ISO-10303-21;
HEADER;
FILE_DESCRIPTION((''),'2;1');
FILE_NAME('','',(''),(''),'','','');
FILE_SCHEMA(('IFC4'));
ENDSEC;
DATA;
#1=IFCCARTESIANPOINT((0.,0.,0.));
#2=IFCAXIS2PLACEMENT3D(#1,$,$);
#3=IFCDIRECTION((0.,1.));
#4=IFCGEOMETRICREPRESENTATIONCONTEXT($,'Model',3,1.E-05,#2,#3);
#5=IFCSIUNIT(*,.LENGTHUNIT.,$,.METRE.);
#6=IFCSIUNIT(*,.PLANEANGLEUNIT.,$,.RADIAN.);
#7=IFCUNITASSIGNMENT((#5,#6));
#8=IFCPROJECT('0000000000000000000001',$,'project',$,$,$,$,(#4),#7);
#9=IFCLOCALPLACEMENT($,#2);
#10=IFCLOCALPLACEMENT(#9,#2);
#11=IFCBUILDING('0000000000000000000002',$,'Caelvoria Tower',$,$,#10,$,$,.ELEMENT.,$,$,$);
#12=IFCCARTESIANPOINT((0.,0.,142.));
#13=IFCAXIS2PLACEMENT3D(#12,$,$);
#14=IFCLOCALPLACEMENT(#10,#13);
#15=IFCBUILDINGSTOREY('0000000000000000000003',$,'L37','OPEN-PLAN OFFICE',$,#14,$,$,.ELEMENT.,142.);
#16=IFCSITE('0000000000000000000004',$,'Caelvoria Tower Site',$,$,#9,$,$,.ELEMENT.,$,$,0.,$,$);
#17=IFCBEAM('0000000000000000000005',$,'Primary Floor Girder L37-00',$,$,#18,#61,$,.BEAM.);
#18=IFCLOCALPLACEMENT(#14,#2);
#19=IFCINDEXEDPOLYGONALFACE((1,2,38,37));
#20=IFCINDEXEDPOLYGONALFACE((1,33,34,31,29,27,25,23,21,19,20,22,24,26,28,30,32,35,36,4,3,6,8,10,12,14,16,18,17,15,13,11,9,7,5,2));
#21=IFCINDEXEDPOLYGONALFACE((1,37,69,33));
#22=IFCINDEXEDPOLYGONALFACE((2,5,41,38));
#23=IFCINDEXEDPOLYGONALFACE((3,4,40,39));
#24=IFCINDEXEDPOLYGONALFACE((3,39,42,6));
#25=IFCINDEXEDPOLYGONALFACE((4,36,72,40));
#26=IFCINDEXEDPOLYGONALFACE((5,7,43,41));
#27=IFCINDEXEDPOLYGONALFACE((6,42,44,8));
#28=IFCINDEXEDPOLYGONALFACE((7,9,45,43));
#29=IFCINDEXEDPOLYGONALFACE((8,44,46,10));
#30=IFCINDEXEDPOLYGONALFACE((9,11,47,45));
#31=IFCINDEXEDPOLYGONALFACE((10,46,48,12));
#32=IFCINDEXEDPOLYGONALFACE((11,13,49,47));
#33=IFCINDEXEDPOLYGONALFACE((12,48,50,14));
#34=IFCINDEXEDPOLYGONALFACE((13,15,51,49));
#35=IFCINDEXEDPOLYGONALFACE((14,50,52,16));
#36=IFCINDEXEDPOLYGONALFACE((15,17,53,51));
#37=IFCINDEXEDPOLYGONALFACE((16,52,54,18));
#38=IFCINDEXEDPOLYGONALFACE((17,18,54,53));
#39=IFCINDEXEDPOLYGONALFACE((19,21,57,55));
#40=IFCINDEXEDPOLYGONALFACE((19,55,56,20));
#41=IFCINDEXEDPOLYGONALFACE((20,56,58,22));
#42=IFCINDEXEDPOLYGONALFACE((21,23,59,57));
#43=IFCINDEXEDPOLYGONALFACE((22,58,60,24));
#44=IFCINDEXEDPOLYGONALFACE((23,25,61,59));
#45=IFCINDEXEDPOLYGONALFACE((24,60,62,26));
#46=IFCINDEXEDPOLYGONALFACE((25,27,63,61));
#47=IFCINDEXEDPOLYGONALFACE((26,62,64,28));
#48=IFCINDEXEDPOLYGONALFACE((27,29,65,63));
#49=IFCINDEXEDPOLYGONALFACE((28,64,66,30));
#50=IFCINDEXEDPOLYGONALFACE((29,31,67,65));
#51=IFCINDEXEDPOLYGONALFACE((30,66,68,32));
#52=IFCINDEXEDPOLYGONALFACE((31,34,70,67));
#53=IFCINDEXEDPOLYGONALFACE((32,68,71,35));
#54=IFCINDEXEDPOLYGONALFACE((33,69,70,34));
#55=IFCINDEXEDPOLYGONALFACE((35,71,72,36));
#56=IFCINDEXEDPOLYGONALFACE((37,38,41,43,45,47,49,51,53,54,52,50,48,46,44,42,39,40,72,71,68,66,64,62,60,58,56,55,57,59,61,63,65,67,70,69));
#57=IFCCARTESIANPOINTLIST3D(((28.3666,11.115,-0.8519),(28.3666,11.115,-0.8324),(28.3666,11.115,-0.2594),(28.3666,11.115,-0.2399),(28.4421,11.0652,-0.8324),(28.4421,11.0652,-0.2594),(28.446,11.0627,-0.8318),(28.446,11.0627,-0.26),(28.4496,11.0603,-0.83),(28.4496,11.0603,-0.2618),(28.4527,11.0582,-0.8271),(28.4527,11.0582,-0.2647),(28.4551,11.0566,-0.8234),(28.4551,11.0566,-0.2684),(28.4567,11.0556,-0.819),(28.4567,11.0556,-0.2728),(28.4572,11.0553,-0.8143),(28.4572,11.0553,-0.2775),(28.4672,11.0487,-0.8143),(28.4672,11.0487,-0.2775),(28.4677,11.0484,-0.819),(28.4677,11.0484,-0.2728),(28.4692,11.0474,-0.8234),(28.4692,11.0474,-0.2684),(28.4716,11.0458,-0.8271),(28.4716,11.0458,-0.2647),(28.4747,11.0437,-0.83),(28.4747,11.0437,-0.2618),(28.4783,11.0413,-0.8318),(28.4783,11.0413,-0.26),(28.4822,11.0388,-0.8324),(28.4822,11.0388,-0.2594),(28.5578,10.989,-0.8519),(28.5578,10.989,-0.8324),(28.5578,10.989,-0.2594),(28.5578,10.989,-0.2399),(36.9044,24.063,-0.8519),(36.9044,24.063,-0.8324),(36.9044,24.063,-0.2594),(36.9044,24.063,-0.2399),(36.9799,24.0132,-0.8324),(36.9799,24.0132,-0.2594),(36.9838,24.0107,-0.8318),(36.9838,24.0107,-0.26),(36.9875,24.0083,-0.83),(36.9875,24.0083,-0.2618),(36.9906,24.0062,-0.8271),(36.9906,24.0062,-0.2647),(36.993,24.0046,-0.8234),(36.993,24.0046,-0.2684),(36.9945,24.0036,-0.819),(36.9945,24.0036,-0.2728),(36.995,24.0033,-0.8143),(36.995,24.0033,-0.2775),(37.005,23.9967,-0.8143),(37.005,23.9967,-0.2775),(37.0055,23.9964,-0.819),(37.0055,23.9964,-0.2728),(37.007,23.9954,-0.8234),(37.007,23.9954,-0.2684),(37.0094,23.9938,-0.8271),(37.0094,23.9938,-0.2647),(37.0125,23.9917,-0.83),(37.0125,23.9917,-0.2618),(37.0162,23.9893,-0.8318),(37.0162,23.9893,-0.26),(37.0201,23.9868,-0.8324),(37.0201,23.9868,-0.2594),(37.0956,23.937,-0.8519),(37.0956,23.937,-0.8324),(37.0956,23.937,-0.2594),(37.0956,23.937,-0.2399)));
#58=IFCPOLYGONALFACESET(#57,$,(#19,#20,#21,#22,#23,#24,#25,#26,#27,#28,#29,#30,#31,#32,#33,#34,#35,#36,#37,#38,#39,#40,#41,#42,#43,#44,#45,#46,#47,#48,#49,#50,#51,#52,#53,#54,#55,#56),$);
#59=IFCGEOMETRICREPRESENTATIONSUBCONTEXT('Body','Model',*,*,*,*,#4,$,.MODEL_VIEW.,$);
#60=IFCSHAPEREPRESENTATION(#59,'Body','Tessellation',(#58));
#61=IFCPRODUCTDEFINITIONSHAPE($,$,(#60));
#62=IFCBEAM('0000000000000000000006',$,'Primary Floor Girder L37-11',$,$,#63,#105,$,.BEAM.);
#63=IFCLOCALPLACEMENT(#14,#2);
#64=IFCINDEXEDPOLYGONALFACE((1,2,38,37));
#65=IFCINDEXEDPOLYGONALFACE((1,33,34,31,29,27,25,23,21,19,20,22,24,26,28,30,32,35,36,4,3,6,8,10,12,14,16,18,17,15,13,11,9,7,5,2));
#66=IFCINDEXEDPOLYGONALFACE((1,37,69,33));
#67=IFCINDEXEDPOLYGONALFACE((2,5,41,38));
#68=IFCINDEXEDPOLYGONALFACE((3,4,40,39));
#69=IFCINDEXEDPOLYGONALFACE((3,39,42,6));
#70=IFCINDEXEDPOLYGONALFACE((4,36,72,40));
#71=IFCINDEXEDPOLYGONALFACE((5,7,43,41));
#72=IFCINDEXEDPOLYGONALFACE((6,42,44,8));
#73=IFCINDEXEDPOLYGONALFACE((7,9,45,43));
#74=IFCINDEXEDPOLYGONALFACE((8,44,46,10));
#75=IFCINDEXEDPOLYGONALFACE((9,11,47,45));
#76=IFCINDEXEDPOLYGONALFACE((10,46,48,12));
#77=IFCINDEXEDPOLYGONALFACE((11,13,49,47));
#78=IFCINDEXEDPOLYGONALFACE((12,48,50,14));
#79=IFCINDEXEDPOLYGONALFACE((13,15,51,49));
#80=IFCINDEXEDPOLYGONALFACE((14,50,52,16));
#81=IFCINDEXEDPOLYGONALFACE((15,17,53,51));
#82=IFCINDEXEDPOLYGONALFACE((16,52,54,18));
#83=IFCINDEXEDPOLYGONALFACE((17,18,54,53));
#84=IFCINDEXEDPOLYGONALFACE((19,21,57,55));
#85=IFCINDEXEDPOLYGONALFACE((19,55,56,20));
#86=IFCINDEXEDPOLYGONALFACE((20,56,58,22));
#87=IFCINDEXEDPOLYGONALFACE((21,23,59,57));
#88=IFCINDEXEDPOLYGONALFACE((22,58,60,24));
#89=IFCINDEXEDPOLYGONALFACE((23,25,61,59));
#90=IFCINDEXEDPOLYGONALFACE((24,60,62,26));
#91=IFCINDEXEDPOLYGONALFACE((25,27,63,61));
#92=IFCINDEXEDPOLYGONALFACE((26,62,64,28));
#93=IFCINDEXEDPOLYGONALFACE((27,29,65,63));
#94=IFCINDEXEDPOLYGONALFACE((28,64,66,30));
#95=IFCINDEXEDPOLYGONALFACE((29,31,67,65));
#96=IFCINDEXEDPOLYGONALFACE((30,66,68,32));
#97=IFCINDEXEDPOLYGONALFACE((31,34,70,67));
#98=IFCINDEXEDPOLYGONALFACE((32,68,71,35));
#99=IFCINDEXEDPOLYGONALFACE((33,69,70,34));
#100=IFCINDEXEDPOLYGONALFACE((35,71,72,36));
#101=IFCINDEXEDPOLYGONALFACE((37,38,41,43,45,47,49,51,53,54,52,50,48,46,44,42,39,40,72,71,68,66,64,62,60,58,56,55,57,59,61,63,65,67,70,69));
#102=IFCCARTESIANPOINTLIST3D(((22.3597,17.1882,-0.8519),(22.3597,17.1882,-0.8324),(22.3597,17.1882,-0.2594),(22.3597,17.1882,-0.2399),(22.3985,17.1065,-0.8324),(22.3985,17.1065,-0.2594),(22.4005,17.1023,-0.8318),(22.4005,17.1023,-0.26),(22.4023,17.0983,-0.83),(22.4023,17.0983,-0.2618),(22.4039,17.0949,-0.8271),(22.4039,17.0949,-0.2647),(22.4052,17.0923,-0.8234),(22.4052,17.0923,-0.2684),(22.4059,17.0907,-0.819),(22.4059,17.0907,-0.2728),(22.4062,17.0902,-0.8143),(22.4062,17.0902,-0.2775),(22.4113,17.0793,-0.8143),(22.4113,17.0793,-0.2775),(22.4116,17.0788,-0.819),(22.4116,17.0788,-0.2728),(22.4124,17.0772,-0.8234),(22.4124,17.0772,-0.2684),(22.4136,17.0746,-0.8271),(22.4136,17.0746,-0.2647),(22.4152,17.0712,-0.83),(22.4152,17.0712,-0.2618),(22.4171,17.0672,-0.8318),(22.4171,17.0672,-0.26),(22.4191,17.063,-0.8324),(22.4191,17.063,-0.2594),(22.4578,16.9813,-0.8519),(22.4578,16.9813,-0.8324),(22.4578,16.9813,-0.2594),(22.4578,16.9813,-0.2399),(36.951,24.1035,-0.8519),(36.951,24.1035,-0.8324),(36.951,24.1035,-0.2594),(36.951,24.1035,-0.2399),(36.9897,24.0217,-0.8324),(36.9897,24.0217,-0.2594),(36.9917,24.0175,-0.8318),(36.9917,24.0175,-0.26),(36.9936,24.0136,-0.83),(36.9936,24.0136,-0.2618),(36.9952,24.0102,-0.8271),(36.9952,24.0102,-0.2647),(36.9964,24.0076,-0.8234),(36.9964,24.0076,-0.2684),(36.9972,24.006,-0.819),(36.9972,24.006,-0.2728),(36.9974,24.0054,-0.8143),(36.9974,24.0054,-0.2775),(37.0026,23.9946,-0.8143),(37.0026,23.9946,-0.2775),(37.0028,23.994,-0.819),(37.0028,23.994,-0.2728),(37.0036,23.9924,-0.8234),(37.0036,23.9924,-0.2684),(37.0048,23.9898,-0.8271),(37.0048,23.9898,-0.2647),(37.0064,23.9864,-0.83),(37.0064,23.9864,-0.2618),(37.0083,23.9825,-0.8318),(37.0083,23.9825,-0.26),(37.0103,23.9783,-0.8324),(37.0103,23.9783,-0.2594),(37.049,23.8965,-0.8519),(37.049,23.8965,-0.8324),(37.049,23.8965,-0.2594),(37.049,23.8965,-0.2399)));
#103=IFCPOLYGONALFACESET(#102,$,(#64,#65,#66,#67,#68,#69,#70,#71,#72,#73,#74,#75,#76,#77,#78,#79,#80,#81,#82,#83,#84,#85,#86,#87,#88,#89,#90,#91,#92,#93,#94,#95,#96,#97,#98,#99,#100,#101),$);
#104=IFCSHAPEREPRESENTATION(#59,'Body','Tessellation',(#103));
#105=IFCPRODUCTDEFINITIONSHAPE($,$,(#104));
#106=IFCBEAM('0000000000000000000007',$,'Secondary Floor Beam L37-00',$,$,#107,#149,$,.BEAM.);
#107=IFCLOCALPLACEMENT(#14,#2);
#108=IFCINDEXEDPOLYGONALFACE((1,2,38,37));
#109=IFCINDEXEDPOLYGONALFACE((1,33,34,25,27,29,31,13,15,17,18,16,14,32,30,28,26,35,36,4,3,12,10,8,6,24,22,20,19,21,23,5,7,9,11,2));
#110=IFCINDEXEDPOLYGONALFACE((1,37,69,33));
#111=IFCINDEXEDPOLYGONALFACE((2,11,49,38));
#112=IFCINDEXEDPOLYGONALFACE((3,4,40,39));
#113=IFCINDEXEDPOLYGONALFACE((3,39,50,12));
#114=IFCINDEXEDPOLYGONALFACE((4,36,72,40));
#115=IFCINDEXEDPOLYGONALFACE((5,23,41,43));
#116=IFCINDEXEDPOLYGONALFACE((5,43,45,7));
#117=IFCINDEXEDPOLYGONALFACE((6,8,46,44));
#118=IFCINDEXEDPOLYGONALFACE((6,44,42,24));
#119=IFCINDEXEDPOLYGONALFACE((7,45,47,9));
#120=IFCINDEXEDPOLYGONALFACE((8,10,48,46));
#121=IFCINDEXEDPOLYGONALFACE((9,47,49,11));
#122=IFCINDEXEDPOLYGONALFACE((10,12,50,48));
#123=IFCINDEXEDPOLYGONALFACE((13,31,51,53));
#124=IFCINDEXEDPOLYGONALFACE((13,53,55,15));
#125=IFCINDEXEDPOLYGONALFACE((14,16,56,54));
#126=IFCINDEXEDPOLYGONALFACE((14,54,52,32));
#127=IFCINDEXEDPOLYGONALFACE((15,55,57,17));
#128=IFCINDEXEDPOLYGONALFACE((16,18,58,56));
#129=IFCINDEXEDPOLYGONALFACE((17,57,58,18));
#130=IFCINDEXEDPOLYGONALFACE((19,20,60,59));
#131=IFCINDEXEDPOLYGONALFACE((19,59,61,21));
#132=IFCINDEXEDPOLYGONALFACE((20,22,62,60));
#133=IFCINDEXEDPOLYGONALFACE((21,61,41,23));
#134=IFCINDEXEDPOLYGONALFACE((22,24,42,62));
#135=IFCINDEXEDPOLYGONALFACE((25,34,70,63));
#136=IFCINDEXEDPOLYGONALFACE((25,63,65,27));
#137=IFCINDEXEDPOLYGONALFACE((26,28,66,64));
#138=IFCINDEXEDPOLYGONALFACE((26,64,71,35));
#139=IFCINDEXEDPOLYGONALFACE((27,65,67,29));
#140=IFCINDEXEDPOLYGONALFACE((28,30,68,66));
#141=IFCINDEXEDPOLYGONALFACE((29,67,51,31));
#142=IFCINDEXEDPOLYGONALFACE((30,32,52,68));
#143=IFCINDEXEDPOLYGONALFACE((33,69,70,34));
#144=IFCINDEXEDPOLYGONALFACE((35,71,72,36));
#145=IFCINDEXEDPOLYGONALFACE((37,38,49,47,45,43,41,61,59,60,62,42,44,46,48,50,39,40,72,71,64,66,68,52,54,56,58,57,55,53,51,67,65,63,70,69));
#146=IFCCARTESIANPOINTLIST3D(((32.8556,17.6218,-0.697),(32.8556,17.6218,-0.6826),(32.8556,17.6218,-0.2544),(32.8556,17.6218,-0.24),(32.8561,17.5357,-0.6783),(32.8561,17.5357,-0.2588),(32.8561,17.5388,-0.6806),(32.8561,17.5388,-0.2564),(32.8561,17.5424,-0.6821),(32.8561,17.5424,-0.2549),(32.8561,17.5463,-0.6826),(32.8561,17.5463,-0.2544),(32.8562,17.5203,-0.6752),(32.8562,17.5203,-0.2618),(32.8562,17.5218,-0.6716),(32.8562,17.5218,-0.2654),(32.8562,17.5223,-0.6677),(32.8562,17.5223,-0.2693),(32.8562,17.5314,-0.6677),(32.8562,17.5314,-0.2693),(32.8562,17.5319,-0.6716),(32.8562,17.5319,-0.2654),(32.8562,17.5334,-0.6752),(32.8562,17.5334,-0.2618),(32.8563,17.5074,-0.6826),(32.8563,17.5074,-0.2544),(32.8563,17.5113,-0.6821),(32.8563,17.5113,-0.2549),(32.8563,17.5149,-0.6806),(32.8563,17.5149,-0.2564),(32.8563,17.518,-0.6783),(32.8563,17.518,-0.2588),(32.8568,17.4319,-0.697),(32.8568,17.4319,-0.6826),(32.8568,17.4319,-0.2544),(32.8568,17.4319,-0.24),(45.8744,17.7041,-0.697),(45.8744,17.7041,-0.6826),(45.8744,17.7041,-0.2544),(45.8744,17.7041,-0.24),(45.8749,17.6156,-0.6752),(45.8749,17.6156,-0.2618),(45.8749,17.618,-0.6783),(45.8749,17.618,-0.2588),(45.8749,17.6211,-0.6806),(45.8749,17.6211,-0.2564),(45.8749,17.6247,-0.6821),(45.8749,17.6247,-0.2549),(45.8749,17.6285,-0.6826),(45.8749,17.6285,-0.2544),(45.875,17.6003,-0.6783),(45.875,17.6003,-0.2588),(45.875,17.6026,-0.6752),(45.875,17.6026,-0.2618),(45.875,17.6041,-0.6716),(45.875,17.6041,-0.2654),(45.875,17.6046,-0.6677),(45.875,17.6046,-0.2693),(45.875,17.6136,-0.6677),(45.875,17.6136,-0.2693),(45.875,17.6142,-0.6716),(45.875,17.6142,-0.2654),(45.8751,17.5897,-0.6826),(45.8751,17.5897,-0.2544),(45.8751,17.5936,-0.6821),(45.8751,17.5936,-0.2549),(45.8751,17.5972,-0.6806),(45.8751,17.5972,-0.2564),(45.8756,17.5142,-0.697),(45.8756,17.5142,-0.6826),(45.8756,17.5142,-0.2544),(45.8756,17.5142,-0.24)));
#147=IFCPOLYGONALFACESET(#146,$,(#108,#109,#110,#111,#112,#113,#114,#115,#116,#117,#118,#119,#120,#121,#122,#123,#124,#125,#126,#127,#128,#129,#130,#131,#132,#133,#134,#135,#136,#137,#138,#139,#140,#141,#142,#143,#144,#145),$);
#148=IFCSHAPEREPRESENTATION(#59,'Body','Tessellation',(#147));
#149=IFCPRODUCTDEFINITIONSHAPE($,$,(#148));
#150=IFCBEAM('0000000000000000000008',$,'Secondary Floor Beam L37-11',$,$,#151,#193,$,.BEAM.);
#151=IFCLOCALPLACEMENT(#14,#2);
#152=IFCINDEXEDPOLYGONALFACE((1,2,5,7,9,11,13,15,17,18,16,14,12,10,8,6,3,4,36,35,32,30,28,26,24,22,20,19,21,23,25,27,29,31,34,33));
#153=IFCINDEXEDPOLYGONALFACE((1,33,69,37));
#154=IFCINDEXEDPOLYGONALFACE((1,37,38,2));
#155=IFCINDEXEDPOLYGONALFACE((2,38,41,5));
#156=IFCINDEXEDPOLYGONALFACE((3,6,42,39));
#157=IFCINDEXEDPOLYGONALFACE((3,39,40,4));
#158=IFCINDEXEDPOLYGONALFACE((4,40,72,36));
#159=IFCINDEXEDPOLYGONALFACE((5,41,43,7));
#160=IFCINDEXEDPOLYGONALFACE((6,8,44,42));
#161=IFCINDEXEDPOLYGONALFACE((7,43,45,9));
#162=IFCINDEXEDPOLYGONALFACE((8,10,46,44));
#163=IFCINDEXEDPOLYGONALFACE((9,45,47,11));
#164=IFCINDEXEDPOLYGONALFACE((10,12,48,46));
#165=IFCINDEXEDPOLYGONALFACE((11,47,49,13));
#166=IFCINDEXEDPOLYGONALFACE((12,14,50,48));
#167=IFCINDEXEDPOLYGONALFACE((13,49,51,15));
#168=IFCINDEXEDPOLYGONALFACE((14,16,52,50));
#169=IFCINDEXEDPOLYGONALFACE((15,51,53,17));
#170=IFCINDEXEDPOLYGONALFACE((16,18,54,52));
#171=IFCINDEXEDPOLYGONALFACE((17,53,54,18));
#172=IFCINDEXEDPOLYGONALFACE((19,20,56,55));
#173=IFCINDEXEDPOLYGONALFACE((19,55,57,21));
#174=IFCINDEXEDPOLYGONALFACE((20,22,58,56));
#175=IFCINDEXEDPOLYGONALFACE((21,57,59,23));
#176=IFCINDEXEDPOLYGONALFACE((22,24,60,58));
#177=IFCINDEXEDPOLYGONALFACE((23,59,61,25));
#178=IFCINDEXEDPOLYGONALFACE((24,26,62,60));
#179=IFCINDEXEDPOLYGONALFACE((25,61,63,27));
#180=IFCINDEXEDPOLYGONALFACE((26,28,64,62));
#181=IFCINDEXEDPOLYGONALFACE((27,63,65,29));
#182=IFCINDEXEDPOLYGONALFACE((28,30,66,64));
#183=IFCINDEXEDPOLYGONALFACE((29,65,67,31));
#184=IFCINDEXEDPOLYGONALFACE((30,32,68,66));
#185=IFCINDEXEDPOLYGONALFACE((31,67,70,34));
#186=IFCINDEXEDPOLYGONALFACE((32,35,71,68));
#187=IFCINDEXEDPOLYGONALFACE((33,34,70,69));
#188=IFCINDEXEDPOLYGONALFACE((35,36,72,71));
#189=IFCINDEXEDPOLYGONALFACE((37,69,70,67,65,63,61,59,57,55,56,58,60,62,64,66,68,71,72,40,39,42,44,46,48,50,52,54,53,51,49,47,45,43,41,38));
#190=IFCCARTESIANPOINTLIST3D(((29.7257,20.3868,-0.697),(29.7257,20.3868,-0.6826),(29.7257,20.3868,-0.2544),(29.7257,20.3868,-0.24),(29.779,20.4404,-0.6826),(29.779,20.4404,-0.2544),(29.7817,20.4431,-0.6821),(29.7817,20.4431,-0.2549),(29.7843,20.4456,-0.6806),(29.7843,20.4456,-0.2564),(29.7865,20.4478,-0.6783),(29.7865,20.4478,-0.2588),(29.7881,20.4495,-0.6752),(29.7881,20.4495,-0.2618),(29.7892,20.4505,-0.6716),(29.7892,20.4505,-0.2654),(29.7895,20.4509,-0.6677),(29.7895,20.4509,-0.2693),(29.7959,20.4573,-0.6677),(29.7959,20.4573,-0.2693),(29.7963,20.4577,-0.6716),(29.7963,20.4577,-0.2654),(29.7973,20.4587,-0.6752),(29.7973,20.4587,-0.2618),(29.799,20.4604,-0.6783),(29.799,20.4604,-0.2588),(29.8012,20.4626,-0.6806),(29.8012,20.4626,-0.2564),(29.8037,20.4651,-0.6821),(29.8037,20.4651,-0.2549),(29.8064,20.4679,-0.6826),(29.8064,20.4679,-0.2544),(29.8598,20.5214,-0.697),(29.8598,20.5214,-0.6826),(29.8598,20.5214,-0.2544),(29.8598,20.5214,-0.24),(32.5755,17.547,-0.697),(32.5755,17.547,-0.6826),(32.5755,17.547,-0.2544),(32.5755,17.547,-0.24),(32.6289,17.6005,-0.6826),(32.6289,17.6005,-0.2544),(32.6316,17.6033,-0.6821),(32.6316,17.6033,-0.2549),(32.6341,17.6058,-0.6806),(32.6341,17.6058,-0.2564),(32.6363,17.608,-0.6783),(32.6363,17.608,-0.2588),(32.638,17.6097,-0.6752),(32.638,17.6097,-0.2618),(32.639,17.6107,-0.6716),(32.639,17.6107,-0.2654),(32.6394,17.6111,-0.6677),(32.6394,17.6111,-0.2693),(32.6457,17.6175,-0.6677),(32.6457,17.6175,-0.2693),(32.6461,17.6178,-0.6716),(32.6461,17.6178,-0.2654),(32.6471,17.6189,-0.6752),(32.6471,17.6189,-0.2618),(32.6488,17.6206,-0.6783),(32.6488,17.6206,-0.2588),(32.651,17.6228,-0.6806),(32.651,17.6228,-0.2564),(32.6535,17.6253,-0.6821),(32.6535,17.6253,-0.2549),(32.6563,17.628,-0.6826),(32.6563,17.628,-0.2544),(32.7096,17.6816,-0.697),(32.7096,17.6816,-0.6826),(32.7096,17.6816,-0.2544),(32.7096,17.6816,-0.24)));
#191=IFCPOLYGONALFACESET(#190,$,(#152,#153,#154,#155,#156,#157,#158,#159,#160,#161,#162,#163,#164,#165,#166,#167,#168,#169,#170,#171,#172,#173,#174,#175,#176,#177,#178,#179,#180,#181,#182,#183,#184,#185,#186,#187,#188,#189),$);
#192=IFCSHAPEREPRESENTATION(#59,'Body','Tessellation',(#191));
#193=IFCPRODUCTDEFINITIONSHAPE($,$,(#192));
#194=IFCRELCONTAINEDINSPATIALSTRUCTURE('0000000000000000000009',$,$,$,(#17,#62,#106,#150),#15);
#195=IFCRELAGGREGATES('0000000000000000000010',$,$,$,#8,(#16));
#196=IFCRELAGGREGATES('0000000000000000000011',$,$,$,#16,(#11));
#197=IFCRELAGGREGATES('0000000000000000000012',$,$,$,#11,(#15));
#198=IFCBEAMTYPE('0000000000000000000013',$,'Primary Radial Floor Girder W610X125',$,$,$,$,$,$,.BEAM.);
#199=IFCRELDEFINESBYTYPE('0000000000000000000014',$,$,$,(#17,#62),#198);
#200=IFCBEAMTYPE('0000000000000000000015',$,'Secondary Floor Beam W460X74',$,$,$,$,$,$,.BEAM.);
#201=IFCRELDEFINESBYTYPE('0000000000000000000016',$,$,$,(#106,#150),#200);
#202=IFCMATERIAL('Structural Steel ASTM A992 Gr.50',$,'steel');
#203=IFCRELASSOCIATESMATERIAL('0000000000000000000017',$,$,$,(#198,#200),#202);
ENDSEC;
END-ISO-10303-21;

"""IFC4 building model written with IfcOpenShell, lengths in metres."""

from ifc_helpers import new_model, si_unit, direction, frame, origin, origin_2d, place, context, subcontext, project, spatial, i_section, extrude, material, material_profile, profile_set, type_object, element, save


model = new_model("IFC4")

# Units and contexts
model_context = context("Model", 3, precision=1e-05, world=origin(), true_north=direction((0.0, 1.0)))
body_context = subcontext(model_context, "Body", "Model", "MODEL_VIEW")
ifc_project = project(units=[si_unit("LENGTHUNIT", "METRE"), si_unit("PLANEANGLEUNIT", "RADIAN")], contexts=[model_context])

# Site, building, storey
site_placement = place(None, origin())
site = spatial("IfcSite", under=ifc_project, at=site_placement, Name="Caelvoria Tower Site", CompositionType="ELEMENT", RefElevation=0.0)
building_placement = place(site_placement, origin())
building = spatial("IfcBuilding", under=site, at=building_placement, Name="Caelvoria Tower", CompositionType="ELEMENT")
storey_placement = place(building_placement, frame((0.0, 0.0, 142.0)))
storey = spatial("IfcBuildingStorey", under=building, at=storey_placement, Name="L37", Description="OPEN-PLAN OFFICE", CompositionType="ELEMENT", Elevation=142.0)

# Beams
ifc_material_1 = material(Name="Structural Steel ASTM A992 Gr.50", Category="steel")
ifc_material_profile_1 = material_profile(ifc_material_1, i_section(OverallWidth=0.229, OverallDepth=0.6121, WebThickness=0.012, FlangeThickness=0.0195, FilletRadius=0.0181, at=origin_2d()), Name="Structural Steel ASTM A992 Gr.50")
ifc_profile_set_1 = profile_set([ifc_material_profile_1], Name="W610X125 - Structural Steel ASTM A992 Gr.50")
beam_type_1 = type_object("IfcBeamType", Name="Primary Radial Floor Girder W610X125", PredefinedType="BEAM", material=ifc_profile_set_1)
beam_1_placement = place(storey_placement, frame((37.0, 24.0, -0.5459), z_axis=(-0.55049, -0.834842, 0.0), x_axis=(0.834842, -0.55049, 0.0)))
element("IfcBeam", 1, at=beam_1_placement, inside=storey, type_object=beam_type_1, Name="Primary Floor Girder L37-00", PredefinedType="BEAM", context=body_context, shape_type="SweptSolid", body=[
    extrude(i_section(OverallWidth=0.229, OverallDepth=0.6121, WebThickness=0.012, FlangeThickness=0.0195, FilletRadius=0.0181, at=origin_2d()), origin(), (0.0, 0.0, 1.0), 15.5095),
])
beam_2_placement = place(storey_placement, frame((37.0, 24.0, -0.5459), z_axis=(-0.903651, -0.428269, 0.0), x_axis=(0.428269, -0.903651, 0.0)))
element("IfcBeam", 2, at=beam_2_placement, inside=storey, type_object=beam_type_1, Name="Primary Floor Girder L37-11", PredefinedType="BEAM", context=body_context, shape_type="SweptSolid", body=[
    extrude(i_section(OverallWidth=0.229, OverallDepth=0.6121, WebThickness=0.012, FlangeThickness=0.0195, FilletRadius=0.0181, at=origin_2d()), origin(), (0.0, 0.0, 1.0), 16.147),
])
ifc_material_profile_2 = material_profile(ifc_material_1, i_section(OverallWidth=0.1899, OverallDepth=0.457, WebThickness=0.009, FlangeThickness=0.0144, FilletRadius=0.0149, at=origin_2d()), Name="Structural Steel ASTM A992 Gr.50")
ifc_profile_set_2 = profile_set([ifc_material_profile_2], Name="W460X74 - Structural Steel ASTM A992 Gr.50")
beam_type_2 = type_object("IfcBeamType", Name="Secondary Floor Beam W460X74", PredefinedType="BEAM", material=ifc_profile_set_2)
beam_3_placement = place(storey_placement, frame((32.8562, 17.5269, -0.4685), z_axis=(0.99998, 0.00632, 0.0), x_axis=(-0.00632, 0.99998, 0.0)))
element("IfcBeam", 3, at=beam_3_placement, inside=storey, type_object=beam_type_2, Name="Secondary Floor Beam L37-00", PredefinedType="BEAM", context=body_context, shape_type="SweptSolid", body=[
    extrude(i_section(OverallWidth=0.1899, OverallDepth=0.457, WebThickness=0.009, FlangeThickness=0.0144, FilletRadius=0.0149, at=origin_2d()), origin(), (0.0, 0.0, 1.0), 13.019),
])
beam_4_placement = place(storey_placement, frame((29.7927, 20.4541, -0.4685), z_axis=(0.70835, -0.705862, 0.0), x_axis=(0.705862, 0.70835, 0.0)))
element("IfcBeam", 4, at=beam_4_placement, inside=storey, type_object=beam_type_2, Name="Secondary Floor Beam L37-11", PredefinedType="BEAM", context=body_context, shape_type="SweptSolid", body=[
    extrude(i_section(OverallWidth=0.1899, OverallDepth=0.457, WebThickness=0.009, FlangeThickness=0.0144, FilletRadius=0.0149, at=origin_2d()), origin(), (0.0, 0.0, 1.0), 4.0232),
])

save(model, "model.ifc")
